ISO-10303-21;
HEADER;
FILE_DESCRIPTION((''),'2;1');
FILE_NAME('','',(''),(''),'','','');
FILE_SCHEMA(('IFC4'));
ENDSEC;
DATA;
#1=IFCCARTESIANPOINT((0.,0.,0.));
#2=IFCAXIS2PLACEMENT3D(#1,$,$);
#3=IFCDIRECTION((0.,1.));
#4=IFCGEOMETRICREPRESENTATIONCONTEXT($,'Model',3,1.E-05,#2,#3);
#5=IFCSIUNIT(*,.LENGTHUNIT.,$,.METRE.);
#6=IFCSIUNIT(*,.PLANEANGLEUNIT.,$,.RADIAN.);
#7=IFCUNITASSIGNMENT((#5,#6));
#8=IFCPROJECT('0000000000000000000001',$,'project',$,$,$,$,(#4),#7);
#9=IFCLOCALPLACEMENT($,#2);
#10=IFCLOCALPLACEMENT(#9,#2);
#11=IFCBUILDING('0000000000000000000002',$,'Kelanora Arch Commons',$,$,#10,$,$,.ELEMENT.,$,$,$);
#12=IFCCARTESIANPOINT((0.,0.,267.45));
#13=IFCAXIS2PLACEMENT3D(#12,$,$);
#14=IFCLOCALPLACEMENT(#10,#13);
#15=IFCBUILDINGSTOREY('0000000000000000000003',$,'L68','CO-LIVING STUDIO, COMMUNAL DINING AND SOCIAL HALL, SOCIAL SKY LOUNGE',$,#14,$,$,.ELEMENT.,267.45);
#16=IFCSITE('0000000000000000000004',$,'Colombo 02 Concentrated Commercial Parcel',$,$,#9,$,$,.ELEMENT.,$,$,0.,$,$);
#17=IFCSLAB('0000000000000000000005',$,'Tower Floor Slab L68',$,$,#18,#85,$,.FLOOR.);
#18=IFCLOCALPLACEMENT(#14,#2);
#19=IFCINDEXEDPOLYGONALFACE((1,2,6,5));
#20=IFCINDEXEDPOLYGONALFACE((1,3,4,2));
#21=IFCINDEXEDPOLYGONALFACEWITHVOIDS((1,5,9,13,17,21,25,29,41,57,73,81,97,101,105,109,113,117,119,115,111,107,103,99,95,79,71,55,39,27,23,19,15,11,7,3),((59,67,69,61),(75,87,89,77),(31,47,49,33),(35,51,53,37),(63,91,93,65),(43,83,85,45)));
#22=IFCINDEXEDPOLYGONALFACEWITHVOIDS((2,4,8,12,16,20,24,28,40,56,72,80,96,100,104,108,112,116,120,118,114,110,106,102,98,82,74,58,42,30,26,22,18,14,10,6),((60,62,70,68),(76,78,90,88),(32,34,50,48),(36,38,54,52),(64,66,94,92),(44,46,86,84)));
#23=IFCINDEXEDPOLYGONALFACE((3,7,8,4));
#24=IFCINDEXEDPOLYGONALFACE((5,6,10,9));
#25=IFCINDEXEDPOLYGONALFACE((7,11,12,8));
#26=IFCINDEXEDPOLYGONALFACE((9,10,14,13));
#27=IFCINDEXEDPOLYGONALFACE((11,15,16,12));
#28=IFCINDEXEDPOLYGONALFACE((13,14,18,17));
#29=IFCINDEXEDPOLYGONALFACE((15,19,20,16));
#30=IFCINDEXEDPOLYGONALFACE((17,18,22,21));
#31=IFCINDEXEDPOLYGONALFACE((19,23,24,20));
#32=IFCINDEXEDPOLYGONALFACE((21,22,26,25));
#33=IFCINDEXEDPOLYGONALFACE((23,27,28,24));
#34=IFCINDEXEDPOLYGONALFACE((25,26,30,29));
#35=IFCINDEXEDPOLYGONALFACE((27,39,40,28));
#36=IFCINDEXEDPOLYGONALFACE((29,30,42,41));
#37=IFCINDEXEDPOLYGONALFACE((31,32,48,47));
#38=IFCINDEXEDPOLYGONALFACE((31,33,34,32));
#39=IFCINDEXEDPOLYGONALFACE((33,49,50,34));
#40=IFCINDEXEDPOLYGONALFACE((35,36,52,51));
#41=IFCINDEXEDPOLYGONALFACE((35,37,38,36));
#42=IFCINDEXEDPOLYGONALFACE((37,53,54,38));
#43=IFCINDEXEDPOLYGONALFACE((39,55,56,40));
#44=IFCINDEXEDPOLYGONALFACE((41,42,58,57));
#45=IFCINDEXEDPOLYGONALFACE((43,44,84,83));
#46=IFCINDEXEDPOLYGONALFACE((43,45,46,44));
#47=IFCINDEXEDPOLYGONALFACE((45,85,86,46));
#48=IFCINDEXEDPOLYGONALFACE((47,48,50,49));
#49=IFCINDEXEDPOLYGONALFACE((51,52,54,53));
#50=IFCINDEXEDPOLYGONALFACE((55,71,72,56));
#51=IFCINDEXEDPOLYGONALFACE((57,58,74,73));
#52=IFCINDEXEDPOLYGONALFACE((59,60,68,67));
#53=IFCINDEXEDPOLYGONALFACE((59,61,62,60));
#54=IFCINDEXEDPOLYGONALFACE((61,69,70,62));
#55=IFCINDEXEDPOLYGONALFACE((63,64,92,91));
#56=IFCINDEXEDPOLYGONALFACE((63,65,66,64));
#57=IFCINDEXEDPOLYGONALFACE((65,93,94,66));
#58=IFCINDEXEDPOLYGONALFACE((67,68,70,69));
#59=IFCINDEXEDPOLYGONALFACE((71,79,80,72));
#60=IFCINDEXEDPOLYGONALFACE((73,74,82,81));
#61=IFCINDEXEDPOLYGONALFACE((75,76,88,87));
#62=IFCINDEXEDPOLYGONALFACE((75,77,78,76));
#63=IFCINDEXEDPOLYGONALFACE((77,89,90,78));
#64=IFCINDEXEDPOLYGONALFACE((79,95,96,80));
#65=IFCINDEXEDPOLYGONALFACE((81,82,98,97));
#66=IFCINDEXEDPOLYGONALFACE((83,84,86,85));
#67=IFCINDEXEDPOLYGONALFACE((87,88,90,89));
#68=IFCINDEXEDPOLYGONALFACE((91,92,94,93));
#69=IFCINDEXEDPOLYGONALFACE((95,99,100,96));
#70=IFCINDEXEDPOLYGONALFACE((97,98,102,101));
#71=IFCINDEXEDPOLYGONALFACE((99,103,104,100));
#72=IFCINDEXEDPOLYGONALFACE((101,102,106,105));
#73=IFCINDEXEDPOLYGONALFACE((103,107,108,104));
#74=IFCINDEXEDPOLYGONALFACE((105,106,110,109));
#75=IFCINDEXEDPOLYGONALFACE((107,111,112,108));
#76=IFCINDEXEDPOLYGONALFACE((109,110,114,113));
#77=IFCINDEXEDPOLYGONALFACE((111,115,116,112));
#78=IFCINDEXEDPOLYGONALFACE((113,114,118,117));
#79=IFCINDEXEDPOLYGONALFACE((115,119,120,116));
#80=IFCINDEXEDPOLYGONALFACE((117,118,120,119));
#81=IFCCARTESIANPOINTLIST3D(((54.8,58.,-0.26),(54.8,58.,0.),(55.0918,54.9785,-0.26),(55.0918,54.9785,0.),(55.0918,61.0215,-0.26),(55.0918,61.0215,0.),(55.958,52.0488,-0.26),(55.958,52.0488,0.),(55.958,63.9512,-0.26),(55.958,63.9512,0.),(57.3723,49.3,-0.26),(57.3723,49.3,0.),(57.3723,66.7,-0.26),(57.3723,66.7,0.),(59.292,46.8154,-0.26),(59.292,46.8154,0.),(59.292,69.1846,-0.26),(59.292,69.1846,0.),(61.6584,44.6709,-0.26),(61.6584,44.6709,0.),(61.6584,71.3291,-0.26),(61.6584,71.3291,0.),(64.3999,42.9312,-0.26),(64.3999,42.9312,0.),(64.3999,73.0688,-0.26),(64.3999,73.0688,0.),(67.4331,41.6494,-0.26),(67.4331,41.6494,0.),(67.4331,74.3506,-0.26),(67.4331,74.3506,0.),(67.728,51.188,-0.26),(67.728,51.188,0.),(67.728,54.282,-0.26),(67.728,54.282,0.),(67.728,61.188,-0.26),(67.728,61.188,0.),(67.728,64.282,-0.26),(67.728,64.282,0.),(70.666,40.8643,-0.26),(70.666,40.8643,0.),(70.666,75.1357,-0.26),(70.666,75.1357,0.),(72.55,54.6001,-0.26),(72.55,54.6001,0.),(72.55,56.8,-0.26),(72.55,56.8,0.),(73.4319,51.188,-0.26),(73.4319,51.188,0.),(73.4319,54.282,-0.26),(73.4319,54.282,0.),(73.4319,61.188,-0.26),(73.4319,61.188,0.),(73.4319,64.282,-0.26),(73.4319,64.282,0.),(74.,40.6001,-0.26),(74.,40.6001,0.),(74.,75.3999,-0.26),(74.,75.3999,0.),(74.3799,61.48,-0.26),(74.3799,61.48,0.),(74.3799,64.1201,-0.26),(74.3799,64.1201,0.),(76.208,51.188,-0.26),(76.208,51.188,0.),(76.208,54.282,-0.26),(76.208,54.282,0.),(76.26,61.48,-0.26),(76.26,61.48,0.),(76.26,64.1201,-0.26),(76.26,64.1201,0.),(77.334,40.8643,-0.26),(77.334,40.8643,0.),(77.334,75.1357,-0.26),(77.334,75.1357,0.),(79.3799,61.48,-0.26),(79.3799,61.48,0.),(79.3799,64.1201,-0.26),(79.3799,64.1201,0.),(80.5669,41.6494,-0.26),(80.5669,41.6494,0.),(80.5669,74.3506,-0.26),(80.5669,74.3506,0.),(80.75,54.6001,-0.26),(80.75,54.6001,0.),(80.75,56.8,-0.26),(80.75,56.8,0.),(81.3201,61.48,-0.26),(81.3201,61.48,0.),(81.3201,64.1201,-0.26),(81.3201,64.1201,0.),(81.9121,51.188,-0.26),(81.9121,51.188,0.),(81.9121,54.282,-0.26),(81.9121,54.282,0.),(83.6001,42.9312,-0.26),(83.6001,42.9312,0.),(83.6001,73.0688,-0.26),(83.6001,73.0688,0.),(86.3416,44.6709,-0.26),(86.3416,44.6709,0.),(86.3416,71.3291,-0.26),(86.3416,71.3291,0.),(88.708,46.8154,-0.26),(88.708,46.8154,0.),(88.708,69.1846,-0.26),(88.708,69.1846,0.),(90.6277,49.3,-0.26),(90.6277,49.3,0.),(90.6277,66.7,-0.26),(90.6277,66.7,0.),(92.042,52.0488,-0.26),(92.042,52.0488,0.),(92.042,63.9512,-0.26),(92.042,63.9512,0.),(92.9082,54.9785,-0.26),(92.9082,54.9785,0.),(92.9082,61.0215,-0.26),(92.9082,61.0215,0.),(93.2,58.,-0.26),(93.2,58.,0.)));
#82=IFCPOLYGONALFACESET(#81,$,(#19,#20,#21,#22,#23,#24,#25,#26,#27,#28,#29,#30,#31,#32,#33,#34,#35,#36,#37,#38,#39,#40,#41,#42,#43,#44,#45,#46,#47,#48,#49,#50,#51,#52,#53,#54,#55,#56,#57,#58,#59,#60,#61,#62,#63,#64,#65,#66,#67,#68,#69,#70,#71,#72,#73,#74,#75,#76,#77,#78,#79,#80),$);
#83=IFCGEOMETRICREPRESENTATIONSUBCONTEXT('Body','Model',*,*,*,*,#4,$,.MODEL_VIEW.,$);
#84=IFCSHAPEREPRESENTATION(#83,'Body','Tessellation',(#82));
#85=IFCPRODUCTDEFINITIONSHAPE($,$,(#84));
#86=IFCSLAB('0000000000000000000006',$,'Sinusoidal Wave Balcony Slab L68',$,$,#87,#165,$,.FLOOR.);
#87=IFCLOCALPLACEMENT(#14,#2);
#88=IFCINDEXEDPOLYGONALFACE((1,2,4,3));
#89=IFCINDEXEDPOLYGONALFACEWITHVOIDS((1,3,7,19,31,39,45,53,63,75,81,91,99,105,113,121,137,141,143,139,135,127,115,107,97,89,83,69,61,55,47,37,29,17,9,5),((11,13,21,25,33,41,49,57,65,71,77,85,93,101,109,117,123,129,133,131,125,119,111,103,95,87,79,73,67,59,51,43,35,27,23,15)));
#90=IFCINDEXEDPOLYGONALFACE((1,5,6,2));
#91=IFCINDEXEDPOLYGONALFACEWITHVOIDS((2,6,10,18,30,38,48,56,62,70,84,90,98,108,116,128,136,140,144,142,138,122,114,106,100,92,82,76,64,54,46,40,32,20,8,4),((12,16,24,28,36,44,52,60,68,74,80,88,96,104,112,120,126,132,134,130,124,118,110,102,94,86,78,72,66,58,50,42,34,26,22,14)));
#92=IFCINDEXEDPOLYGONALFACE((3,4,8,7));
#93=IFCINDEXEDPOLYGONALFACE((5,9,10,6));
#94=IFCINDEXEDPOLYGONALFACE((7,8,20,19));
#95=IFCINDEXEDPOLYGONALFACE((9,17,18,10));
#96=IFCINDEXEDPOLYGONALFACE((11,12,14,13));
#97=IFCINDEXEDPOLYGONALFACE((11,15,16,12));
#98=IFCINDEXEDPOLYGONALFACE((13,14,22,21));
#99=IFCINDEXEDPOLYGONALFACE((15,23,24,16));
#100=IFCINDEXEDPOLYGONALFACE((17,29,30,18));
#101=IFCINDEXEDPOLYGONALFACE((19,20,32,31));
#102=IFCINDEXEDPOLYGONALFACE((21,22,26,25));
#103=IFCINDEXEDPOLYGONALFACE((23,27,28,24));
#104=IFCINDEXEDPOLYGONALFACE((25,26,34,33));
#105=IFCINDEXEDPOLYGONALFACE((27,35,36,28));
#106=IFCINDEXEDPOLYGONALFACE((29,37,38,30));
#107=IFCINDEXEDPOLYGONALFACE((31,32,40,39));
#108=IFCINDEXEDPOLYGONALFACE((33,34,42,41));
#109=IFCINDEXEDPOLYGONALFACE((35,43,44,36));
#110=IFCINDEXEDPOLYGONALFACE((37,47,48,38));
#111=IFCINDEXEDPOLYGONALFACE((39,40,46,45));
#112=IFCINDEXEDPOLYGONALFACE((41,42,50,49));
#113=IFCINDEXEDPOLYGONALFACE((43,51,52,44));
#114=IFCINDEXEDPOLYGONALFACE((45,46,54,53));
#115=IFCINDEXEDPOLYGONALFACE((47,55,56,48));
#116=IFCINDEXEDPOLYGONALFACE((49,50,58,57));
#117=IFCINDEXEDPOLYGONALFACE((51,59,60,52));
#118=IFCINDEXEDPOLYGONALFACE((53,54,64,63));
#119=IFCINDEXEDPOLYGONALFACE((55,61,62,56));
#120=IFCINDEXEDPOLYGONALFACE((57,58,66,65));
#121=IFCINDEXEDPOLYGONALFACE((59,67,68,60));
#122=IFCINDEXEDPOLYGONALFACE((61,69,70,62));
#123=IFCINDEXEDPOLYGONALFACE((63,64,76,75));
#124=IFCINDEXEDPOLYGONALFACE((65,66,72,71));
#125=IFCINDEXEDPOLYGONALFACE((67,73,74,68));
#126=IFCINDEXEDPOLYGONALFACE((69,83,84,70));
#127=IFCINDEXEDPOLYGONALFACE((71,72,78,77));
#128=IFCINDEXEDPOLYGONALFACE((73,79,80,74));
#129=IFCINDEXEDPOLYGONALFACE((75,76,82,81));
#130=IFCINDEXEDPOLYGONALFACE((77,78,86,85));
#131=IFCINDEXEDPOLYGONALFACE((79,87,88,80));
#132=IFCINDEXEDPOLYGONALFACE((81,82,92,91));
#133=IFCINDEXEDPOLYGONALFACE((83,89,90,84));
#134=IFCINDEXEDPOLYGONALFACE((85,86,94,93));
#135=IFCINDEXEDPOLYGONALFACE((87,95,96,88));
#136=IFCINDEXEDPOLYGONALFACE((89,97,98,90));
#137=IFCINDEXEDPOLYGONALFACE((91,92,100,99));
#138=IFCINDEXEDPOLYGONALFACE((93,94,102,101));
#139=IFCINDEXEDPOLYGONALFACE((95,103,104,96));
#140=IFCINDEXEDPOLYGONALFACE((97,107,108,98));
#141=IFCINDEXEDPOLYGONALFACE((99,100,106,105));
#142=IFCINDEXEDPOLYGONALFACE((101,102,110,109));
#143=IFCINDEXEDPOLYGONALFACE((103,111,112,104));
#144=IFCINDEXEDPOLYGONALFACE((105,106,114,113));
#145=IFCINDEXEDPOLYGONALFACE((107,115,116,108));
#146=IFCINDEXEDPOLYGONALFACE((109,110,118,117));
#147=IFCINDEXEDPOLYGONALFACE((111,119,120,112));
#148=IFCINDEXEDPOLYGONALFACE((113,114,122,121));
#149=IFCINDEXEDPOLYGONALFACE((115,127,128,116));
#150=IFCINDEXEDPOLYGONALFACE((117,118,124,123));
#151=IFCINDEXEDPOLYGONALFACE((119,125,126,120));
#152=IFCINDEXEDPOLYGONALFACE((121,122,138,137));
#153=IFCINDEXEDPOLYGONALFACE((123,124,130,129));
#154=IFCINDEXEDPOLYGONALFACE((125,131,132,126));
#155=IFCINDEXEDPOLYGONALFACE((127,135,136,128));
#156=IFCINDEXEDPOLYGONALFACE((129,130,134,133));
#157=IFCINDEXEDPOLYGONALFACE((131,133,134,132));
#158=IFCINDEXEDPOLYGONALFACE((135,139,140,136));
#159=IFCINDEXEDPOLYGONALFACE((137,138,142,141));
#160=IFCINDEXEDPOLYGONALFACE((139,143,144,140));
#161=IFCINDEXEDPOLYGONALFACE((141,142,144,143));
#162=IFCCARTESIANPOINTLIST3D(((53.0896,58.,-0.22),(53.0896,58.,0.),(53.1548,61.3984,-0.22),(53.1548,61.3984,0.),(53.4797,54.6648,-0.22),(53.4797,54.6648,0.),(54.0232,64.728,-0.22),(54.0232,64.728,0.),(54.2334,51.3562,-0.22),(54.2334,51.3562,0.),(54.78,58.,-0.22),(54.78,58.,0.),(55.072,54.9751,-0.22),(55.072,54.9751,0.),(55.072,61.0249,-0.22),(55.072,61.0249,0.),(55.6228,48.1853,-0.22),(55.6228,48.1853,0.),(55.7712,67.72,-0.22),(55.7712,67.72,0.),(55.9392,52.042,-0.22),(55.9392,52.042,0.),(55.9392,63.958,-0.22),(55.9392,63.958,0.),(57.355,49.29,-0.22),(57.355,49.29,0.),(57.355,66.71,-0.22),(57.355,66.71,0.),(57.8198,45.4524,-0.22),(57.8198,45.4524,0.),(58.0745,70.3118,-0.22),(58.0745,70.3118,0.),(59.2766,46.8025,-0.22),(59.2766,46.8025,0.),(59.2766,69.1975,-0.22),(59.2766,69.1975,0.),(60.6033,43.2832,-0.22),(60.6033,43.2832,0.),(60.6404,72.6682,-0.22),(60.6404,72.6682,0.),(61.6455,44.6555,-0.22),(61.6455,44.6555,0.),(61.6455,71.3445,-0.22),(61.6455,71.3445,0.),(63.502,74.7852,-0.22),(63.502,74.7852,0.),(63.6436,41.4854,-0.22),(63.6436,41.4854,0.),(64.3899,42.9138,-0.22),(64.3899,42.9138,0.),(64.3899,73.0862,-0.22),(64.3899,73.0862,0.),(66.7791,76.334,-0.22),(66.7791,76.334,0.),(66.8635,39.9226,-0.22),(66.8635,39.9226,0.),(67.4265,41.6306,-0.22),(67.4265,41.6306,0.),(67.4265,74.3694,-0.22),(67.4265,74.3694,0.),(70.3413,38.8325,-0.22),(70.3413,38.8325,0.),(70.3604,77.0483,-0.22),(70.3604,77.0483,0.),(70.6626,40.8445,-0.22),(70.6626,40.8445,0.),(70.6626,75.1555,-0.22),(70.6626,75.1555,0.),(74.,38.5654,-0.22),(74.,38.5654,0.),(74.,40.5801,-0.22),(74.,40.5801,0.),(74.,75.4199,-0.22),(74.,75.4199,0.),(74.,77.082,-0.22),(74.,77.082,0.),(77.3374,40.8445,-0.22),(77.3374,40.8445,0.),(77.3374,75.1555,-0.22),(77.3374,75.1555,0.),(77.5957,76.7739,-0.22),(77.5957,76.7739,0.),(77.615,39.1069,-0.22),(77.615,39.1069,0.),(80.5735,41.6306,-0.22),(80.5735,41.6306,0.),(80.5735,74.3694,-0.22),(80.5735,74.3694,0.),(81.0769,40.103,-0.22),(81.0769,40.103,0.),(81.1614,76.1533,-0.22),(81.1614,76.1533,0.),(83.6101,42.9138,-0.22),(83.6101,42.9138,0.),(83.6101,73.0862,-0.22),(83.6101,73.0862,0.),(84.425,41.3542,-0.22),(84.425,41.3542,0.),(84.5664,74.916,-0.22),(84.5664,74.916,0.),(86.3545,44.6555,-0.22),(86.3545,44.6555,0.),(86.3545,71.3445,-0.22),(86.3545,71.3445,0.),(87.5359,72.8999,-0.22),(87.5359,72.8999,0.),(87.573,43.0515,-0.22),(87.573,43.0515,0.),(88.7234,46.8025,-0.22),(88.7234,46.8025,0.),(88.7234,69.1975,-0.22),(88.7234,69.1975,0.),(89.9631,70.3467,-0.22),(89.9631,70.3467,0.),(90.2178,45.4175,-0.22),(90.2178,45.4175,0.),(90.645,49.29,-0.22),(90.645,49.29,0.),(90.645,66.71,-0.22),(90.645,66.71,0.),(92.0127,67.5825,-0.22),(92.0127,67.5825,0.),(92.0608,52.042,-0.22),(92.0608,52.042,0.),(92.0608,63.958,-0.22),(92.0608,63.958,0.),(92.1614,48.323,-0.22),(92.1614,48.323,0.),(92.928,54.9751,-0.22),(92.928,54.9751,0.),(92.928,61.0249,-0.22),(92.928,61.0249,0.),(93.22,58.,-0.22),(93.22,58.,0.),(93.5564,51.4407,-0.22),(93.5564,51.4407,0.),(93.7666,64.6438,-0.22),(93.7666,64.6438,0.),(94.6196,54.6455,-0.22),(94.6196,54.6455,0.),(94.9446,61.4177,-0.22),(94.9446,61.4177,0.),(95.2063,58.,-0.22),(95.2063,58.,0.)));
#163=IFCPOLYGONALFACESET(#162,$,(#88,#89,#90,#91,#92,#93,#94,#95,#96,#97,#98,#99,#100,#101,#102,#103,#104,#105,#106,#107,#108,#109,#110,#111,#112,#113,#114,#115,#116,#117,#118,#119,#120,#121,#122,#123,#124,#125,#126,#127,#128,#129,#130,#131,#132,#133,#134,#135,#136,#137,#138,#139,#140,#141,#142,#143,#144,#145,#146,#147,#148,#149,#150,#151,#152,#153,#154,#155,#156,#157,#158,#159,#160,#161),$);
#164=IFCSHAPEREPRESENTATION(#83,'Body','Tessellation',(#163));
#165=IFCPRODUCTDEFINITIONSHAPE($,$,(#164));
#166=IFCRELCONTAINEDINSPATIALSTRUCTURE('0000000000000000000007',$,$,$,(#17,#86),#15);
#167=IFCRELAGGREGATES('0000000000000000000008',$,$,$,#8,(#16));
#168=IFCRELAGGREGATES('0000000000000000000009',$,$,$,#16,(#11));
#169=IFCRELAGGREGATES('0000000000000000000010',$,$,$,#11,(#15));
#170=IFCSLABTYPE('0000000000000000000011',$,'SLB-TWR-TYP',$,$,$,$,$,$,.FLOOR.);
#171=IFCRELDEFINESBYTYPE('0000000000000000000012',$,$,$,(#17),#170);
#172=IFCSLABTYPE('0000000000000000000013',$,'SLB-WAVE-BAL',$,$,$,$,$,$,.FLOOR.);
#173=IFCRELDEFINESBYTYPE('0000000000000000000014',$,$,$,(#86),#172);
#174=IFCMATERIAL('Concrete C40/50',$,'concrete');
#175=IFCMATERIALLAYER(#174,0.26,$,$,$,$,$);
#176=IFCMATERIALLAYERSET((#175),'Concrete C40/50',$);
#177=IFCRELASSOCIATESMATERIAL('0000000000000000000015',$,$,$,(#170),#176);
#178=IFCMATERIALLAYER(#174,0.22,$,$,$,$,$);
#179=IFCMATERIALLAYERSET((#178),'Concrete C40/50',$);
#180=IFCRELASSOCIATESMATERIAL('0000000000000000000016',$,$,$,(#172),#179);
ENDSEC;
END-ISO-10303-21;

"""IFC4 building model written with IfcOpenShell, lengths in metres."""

from ifc_helpers import new_model, si_unit, direction, frame, origin, place, context, subcontext, project, spatial, polyline, outline, extrude, material, layer, layer_set, type_object, element, save


model = new_model("IFC4")

# Units and contexts
model_context = context("Model", 3, precision=1e-05, world=origin(), true_north=direction((0.0, 1.0)))
body_context = subcontext(model_context, "Body", "Model", "MODEL_VIEW")
ifc_project = project(units=[si_unit("LENGTHUNIT", "METRE"), si_unit("PLANEANGLEUNIT", "RADIAN")], contexts=[model_context])

# Site, building, storey
site_placement = place(None, origin())
site = spatial("IfcSite", under=ifc_project, at=site_placement, Name="Colombo 02 Concentrated Commercial Parcel", CompositionType="ELEMENT", RefElevation=0.0)
building_placement = place(site_placement, origin())
building = spatial("IfcBuilding", under=site, at=building_placement, Name="Kelanora Arch Commons", CompositionType="ELEMENT")
storey_placement = place(building_placement, frame((0.0, 0.0, 267.45)))
storey = spatial("IfcBuildingStorey", under=building, at=storey_placement, Name="L68", Description="CO-LIVING STUDIO, COMMUNAL DINING AND SOCIAL HALL, SOCIAL SKY LOUNGE", CompositionType="ELEMENT", Elevation=267.45)

# Shared definitions
ifc_material_1 = material(Name="Concrete C40/50", Category="concrete")

# Slabs
ifc_layer_1 = layer(ifc_material_1, 0.26)
ifc_layer_set_1 = layer_set([ifc_layer_1], Name="Concrete C40/50")
slab_type_1 = type_object("IfcSlabType", Name="SLB-TWR-TYP", PredefinedType="FLOOR", material=ifc_layer_set_1)
slab_1_placement = place(storey_placement, frame((0.0, 0.0, -0.26)))
element("IfcSlab", 1, at=slab_1_placement, inside=storey, type_object=slab_type_1, Name="Tower Floor Slab L68", PredefinedType="FLOOR", context=body_context, shape_type="SweptSolid", body=[
    extrude(outline(polyline([(93.2, 58.0), (92.9082, 61.0215), (92.042, 63.9512), (90.6277, 66.7), (88.708, 69.1846), (86.3416, 71.3291), (83.6001, 73.0688), (80.5669, 74.3506), (77.334, 75.1357), (74.0, 75.3999), (70.666, 75.1357), (67.4331, 74.3506), (64.3999, 73.0688), (61.6584, 71.3291), (59.292, 69.1846), (57.3723, 66.7), (55.958, 63.9512), (55.0918, 61.0215), (54.8, 58.0), (55.0918, 54.9785), (55.958, 52.0488), (57.3723, 49.3), (59.292, 46.8154), (61.6584, 44.6709), (64.3999, 42.9312), (67.4331, 41.6494), (70.666, 40.8643), (74.0, 40.6001), (77.334, 40.8643), (80.5669, 41.6494), (83.6001, 42.9312), (86.3416, 44.6709), (88.708, 46.8154), (90.6277, 49.3), (92.042, 52.0488), (92.9082, 54.9785), (93.2, 58.0)]), holes=[polyline([(73.4319, 51.188), (67.728, 51.188), (67.728, 54.282), (73.4319, 54.282), (73.4319, 51.188)]), polyline([(76.208, 51.188), (76.208, 54.282), (81.9121, 54.282), (81.9121, 51.188), (76.208, 51.188)]), polyline([(72.55, 54.6001), (72.55, 56.8), (80.75, 56.8), (80.75, 54.6001), (72.55, 54.6001)]), polyline([(73.4319, 61.188), (67.728, 61.188), (67.728, 64.282), (73.4319, 64.282), (73.4319, 61.188)]), polyline([(74.3799, 61.48), (74.3799, 64.1201), (76.26, 64.1201), (76.26, 61.48), (74.3799, 61.48)]), polyline([(79.3799, 61.48), (79.3799, 64.1201), (81.3201, 64.1201), (81.3201, 61.48), (79.3799, 61.48)])]), origin(), (0.0, 0.0, 1.0), 0.26),
])
ifc_layer_2 = layer(ifc_material_1, 0.22)
ifc_layer_set_2 = layer_set([ifc_layer_2], Name="Concrete C40/50")
slab_type_2 = type_object("IfcSlabType", Name="SLB-WAVE-BAL", PredefinedType="FLOOR", material=ifc_layer_set_2)
slab_2_placement = place(storey_placement, frame((0.0, 0.0, -0.22)))
element("IfcSlab", 2, at=slab_2_placement, inside=storey, type_object=slab_type_2, Name="Sinusoidal Wave Balcony Slab L68", PredefinedType="FLOOR", context=body_context, shape_type="SweptSolid", body=[
    extrude(outline(polyline([(95.2063, 58.0), (94.9446, 61.4177), (93.7666, 64.6438), (92.0127, 67.5825), (89.9631, 70.3467), (87.5359, 72.8999), (84.5664, 74.916), (81.1614, 76.1533), (77.5957, 76.7739), (74.0, 77.082), (70.3604, 77.0483), (66.7791, 76.334), (63.502, 74.7852), (60.6404, 72.6682), (58.0745, 70.3118), (55.7712, 67.72), (54.0232, 64.728), (53.1548, 61.3984), (53.0896, 58.0), (53.4797, 54.6648), (54.2334, 51.3562), (55.6228, 48.1853), (57.8198, 45.4524), (60.6033, 43.2832), (63.6436, 41.4854), (66.8635, 39.9226), (70.3413, 38.8325), (74.0, 38.5654), (77.615, 39.1069), (81.0769, 40.103), (84.425, 41.3542), (87.573, 43.0515), (90.2178, 45.4175), (92.1614, 48.323), (93.5564, 51.4407), (94.6196, 54.6455), (95.2063, 58.0)]), holes=[polyline([(92.928, 54.9751), (92.0608, 52.042), (90.645, 49.29), (88.7234, 46.8025), (86.3545, 44.6555), (83.6101, 42.9138), (80.5735, 41.6306), (77.3374, 40.8445), (74.0, 40.5801), (70.6626, 40.8445), (67.4265, 41.6306), (64.3899, 42.9138), (61.6455, 44.6555), (59.2766, 46.8025), (57.355, 49.29), (55.9392, 52.042), (55.072, 54.9751), (54.78, 58.0), (55.072, 61.0249), (55.9392, 63.958), (57.355, 66.71), (59.2766, 69.1975), (61.6455, 71.3445), (64.3899, 73.0862), (67.4265, 74.3694), (70.6626, 75.1555), (74.0, 75.4199), (77.3374, 75.1555), (80.5735, 74.3694), (83.6101, 73.0862), (86.3545, 71.3445), (88.7234, 69.1975), (90.645, 66.71), (92.0608, 63.958), (92.928, 61.0249), (93.22, 58.0), (92.928, 54.9751)])]), origin(), (0.0, 0.0, 1.0), 0.22),
])

save(model, "model.ifc")
